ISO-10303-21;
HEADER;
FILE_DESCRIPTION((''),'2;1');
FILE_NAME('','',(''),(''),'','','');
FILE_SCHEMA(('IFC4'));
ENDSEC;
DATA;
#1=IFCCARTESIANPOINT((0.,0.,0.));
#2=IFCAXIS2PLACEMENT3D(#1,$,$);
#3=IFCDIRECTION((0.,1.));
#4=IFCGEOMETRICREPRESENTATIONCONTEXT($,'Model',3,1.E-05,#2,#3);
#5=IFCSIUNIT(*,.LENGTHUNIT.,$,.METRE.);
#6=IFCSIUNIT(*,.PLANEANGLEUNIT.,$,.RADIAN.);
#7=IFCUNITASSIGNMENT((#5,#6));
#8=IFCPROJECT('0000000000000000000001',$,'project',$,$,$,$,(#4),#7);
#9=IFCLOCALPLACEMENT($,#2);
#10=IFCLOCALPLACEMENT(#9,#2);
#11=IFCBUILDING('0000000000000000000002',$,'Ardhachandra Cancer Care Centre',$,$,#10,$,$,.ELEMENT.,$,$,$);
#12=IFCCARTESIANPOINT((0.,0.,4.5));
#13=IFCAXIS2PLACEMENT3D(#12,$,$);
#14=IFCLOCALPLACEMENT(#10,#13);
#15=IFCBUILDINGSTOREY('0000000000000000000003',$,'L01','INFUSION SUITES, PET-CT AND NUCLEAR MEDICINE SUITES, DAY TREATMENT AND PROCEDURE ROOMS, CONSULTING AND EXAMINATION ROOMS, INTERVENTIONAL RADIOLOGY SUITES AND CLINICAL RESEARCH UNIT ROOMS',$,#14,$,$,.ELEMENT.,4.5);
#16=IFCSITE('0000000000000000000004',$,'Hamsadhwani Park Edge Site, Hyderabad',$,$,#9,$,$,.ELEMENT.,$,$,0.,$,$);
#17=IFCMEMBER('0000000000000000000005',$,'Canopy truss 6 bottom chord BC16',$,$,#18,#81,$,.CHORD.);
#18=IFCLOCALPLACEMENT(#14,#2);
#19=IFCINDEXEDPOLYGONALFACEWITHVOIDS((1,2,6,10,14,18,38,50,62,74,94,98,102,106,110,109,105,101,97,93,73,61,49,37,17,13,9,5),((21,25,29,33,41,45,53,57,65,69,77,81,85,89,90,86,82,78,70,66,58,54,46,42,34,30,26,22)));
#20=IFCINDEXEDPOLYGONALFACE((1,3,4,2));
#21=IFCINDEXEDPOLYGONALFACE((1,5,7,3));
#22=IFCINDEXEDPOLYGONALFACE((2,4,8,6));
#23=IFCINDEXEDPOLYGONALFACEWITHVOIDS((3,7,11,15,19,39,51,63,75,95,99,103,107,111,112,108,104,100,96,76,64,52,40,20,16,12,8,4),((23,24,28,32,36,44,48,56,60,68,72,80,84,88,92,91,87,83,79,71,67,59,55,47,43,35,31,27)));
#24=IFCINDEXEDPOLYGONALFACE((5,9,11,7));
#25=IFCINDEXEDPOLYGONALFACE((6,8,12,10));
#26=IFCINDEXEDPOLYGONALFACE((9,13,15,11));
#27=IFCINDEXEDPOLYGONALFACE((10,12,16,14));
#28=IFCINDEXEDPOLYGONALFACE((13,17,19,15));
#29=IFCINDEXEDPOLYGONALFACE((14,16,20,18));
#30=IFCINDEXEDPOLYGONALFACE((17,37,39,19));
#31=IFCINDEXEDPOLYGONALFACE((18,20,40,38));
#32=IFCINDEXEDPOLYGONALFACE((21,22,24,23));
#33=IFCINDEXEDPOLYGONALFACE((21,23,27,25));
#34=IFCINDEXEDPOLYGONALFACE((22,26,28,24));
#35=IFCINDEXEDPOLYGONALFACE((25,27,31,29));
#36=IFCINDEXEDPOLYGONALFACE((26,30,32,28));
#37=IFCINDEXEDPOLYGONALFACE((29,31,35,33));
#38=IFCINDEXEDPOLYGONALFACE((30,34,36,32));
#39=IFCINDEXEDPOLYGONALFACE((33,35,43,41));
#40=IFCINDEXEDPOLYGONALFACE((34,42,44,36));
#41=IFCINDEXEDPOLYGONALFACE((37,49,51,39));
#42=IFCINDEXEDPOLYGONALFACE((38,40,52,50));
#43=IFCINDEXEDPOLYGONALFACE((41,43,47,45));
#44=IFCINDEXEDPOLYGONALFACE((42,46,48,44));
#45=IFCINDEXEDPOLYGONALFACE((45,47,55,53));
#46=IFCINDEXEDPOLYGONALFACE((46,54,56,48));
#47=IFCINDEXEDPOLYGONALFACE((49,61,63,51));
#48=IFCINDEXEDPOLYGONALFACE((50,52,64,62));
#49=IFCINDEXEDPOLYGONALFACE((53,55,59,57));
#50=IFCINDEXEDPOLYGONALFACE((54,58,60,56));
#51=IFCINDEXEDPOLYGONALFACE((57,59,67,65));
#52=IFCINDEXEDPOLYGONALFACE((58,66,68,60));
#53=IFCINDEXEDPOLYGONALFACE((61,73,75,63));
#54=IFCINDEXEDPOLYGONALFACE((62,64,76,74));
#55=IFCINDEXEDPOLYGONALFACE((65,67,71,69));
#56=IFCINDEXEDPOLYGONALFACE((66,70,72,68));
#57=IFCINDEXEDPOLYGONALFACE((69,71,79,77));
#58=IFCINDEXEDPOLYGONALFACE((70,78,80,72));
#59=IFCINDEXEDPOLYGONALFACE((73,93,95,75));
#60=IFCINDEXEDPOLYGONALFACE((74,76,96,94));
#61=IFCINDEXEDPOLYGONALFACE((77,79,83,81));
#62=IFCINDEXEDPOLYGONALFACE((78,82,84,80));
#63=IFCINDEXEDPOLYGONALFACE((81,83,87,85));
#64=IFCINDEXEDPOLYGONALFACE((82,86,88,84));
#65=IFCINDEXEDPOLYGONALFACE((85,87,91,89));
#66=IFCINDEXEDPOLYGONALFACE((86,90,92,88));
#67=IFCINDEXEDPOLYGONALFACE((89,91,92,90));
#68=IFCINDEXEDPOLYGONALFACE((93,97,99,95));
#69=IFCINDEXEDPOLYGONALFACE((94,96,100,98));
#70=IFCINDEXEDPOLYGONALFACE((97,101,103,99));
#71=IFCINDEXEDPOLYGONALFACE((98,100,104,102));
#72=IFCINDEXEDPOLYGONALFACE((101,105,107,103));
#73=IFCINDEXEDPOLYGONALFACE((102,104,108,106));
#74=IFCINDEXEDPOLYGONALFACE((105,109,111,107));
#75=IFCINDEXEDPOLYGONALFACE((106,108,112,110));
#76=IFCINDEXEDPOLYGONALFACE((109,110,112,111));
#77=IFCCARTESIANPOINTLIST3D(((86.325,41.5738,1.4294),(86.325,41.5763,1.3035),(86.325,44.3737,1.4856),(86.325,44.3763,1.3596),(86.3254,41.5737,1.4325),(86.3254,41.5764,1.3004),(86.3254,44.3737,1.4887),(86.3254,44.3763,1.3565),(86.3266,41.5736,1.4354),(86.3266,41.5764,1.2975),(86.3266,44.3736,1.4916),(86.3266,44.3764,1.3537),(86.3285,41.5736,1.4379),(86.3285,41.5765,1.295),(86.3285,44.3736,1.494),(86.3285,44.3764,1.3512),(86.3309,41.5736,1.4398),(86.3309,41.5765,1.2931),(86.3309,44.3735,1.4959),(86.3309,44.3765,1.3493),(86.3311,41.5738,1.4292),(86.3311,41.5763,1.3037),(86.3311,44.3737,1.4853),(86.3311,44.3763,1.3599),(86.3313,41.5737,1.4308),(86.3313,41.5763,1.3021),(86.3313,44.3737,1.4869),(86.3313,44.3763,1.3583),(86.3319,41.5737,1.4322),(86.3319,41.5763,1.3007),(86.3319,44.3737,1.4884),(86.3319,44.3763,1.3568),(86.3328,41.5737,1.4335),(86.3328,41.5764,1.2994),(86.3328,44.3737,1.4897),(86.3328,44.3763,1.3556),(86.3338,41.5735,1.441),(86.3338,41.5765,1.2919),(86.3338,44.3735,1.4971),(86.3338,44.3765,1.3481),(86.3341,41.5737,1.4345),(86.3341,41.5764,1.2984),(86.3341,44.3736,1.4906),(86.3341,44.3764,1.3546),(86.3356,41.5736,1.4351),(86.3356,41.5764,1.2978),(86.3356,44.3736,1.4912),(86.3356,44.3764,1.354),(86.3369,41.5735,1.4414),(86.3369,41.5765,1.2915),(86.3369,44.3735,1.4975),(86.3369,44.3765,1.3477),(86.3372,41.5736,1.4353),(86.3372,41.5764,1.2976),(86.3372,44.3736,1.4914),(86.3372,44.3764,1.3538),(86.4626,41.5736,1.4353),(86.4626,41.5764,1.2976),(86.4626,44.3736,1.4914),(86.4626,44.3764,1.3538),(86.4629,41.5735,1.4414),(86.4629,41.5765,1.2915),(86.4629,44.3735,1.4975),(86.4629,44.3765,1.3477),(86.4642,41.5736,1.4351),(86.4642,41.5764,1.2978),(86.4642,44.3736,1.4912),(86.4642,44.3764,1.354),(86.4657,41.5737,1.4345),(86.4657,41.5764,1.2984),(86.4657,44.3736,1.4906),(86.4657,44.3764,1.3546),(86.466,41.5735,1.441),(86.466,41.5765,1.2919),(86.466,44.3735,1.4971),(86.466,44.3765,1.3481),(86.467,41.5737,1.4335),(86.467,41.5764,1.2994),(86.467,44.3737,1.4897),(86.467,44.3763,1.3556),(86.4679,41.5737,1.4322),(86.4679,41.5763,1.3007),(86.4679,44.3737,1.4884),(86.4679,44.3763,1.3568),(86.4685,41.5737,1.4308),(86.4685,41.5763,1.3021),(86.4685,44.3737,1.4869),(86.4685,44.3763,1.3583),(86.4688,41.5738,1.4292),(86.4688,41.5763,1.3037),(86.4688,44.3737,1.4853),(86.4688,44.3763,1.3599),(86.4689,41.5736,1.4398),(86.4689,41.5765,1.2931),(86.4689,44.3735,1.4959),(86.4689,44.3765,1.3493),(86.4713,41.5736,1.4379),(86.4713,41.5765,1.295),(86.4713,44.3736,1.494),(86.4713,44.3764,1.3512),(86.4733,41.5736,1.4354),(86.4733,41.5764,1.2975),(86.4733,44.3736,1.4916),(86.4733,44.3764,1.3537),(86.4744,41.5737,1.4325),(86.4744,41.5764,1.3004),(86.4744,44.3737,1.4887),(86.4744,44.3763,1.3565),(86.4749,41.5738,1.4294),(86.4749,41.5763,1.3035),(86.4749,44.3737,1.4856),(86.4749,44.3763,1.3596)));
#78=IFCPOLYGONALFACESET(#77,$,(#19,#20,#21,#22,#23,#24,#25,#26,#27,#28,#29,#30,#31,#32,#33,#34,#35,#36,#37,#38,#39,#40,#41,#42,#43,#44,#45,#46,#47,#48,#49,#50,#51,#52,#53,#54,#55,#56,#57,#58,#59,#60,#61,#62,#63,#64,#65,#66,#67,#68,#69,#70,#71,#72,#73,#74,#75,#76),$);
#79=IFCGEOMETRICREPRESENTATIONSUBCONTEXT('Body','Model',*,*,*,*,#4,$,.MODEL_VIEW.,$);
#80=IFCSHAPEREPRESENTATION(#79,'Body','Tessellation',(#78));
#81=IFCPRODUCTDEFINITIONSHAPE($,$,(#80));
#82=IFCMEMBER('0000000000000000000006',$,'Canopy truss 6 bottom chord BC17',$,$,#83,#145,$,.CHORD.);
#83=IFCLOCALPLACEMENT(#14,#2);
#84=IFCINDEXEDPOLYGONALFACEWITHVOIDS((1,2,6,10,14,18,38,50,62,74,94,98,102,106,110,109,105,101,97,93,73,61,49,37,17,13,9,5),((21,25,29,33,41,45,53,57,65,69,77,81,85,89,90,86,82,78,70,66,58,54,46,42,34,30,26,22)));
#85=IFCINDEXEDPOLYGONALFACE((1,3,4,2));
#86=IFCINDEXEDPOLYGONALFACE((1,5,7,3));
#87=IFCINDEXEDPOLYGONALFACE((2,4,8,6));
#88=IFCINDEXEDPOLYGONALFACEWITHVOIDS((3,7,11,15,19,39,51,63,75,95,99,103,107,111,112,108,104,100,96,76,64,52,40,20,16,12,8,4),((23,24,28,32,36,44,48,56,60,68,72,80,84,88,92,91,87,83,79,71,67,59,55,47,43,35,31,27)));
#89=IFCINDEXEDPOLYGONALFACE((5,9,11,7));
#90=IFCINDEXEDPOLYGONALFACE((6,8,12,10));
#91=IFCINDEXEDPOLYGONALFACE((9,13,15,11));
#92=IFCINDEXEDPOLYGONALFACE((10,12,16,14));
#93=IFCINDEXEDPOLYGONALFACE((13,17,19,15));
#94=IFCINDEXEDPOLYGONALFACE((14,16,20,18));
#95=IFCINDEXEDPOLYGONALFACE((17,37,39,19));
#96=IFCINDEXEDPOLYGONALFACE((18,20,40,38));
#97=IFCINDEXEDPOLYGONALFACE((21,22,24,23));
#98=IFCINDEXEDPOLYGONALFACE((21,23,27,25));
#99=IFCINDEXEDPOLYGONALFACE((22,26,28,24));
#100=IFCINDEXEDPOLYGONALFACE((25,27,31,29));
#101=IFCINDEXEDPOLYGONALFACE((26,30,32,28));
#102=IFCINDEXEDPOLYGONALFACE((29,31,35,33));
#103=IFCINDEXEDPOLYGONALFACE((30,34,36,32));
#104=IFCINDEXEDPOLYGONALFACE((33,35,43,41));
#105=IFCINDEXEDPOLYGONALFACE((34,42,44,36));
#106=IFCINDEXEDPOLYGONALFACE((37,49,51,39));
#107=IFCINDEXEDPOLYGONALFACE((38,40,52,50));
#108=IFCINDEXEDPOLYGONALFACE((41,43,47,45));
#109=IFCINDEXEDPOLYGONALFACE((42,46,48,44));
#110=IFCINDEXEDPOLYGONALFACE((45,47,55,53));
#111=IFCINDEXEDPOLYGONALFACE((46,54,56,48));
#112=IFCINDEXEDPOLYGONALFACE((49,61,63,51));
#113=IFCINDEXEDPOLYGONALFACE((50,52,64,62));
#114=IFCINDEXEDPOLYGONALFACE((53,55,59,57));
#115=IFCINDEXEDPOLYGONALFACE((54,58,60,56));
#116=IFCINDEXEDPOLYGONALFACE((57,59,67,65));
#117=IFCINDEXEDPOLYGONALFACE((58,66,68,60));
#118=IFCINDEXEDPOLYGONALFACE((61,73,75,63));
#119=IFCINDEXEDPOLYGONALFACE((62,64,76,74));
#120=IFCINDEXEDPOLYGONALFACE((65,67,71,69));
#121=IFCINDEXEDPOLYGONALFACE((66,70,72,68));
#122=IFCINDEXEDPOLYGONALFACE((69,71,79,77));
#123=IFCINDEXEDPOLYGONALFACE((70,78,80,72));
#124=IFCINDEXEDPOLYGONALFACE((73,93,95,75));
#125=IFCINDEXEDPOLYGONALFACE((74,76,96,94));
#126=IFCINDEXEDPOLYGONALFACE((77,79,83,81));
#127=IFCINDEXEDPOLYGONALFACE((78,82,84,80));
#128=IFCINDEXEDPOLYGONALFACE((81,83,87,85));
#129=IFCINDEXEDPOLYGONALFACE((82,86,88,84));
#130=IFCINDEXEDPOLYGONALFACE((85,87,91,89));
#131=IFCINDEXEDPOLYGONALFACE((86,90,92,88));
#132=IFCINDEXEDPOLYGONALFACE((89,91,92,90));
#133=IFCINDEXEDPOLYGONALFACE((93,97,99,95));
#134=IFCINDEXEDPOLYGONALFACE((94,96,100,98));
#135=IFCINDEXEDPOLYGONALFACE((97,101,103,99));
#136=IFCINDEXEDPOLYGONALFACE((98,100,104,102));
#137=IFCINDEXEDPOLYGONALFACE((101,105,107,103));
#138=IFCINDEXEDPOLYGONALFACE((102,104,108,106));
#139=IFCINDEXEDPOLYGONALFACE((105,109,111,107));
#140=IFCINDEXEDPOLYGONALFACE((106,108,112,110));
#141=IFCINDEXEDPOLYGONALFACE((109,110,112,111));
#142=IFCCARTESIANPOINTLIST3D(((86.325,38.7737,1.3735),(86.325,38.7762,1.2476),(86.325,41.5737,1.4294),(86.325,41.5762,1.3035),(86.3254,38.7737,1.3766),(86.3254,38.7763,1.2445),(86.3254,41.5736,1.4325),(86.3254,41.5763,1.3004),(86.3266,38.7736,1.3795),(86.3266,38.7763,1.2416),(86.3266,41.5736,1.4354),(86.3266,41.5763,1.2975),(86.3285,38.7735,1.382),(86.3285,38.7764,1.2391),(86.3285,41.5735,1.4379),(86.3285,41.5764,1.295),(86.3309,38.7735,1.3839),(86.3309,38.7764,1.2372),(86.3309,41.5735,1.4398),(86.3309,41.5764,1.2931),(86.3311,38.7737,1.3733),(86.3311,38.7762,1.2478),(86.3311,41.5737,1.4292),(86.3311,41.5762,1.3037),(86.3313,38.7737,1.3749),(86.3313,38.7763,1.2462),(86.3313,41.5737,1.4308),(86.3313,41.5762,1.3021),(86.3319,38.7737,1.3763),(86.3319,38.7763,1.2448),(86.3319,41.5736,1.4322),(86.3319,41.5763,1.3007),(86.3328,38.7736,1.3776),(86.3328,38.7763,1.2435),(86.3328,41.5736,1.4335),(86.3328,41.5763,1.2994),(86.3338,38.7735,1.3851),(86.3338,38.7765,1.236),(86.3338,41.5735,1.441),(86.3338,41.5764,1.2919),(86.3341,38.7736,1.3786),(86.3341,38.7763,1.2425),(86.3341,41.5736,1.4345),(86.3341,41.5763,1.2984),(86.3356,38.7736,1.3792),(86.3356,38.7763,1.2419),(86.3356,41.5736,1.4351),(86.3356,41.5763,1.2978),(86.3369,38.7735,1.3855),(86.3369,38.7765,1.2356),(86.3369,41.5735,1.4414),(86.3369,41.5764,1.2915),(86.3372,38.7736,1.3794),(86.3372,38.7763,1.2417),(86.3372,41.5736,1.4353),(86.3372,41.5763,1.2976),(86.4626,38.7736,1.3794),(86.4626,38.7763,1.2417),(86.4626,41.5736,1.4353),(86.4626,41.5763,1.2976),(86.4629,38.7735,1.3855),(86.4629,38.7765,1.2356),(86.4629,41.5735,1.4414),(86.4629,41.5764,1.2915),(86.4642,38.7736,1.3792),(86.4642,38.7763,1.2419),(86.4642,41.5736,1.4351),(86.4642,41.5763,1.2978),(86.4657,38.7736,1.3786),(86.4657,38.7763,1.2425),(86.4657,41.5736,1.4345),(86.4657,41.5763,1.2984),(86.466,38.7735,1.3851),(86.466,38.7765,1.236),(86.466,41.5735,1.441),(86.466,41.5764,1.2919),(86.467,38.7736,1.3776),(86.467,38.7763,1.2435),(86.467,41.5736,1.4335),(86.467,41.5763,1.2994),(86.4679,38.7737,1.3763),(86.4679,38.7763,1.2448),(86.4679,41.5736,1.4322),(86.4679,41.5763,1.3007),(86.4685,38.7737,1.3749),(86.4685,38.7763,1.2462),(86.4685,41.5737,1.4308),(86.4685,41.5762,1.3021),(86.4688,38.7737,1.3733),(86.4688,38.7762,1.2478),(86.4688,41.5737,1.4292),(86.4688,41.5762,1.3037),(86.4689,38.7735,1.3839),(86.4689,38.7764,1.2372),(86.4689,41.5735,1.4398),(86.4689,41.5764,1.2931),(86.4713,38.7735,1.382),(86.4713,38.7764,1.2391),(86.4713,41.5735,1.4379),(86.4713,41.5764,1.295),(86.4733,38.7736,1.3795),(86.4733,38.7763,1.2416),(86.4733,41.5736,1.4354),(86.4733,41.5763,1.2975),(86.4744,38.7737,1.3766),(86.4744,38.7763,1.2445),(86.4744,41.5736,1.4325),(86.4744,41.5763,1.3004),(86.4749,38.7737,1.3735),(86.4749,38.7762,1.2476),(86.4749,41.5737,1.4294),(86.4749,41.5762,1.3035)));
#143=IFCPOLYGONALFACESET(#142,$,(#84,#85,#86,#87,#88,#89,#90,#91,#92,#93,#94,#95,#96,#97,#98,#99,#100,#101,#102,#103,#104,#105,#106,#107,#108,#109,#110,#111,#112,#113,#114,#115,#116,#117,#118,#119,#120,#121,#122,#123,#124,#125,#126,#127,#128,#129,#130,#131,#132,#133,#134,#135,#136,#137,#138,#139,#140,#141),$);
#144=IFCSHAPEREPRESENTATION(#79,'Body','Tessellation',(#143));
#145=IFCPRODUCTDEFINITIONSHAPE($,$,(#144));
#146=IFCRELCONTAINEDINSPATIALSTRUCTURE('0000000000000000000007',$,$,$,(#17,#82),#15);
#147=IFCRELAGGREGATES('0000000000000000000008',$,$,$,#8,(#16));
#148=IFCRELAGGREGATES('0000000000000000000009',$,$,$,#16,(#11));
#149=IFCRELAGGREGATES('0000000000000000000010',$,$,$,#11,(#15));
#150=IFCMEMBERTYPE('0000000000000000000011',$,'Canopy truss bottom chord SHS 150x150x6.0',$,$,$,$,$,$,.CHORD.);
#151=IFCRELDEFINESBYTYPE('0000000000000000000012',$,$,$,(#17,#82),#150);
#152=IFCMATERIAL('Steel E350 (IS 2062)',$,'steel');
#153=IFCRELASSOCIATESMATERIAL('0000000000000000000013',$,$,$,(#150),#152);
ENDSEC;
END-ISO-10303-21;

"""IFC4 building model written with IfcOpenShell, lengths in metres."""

from ifc_helpers import new_model, si_unit, direction, frame, origin, origin_2d, place, context, subcontext, project, spatial, hollow_rectangle, extrude, material, material_profile, profile_set, type_object, element, save


model = new_model("IFC4")

# Units and contexts
model_context = context("Model", 3, precision=1e-05, world=origin(), true_north=direction((0.0, 1.0)))
body_context = subcontext(model_context, "Body", "Model", "MODEL_VIEW")
ifc_project = project(units=[si_unit("LENGTHUNIT", "METRE"), si_unit("PLANEANGLEUNIT", "RADIAN")], contexts=[model_context])

# Site, building, storey
site_placement = place(None, origin())
site = spatial("IfcSite", under=ifc_project, at=site_placement, Name="Hamsadhwani Park Edge Site, Hyderabad", CompositionType="ELEMENT", RefElevation=0.0)
building_placement = place(site_placement, origin())
building = spatial("IfcBuilding", under=site, at=building_placement, Name="Ardhachandra Cancer Care Centre", CompositionType="ELEMENT")
storey_placement = place(building_placement, frame((0.0, 0.0, 4.5)))
storey = spatial("IfcBuildingStorey", under=building, at=storey_placement, Name="L01", Description="INFUSION SUITES, PET-CT AND NUCLEAR MEDICINE SUITES, DAY TREATMENT AND PROCEDURE ROOMS, CONSULTING AND EXAMINATION ROOMS, INTERVENTIONAL RADIOLOGY SUITES AND CLINICAL RESEARCH UNIT ROOMS", CompositionType="ELEMENT", Elevation=4.5)

# Members
ifc_material_1 = material(Name="Steel E350 (IS 2062)", Category="steel")
ifc_material_profile_1 = material_profile(ifc_material_1, hollow_rectangle(XDim=0.1499, YDim=0.1499, WallThickness=0.0061, InnerFilletRadius=0.0061, OuterFilletRadius=0.012, at=origin_2d()), Name="SHS 150x150x6.0")
ifc_profile_set_1 = profile_set([ifc_material_profile_1], Name="Steel E350 (IS 2062)")
member_type_1 = type_object("IfcMemberType", Name="Canopy truss bottom chord SHS 150x150x6.0", PredefinedType="CHORD", material=ifc_profile_set_1)
for number, where, z_axis, x_axis, name in (
    (1, (86.3999, 44.375, 1.4226), (0.0, -0.999799, -0.02005), (1.0, 0.0, 0.0), "Canopy truss 6 bottom chord BC16"),
    (2, (86.3999, 41.575, 1.3665), (0.0, -0.999801, -0.019963), (1.0, 0.0, 0.0), "Canopy truss 6 bottom chord BC17"),
):
    element("IfcMember", number, at=place(storey_placement, frame(where, z_axis=z_axis, x_axis=x_axis)), inside=storey, type_object=member_type_1, Name=name, PredefinedType="CHORD", context=body_context, shape_type="SweptSolid", body=[
        extrude(hollow_rectangle(XDim=0.1499, YDim=0.1499, WallThickness=0.0061, InnerFilletRadius=0.0061, OuterFilletRadius=0.012, at=origin_2d()), origin(), (0.0, 0.0, 1.0), 2.8005),
    ])

save(model, "model.ifc")
